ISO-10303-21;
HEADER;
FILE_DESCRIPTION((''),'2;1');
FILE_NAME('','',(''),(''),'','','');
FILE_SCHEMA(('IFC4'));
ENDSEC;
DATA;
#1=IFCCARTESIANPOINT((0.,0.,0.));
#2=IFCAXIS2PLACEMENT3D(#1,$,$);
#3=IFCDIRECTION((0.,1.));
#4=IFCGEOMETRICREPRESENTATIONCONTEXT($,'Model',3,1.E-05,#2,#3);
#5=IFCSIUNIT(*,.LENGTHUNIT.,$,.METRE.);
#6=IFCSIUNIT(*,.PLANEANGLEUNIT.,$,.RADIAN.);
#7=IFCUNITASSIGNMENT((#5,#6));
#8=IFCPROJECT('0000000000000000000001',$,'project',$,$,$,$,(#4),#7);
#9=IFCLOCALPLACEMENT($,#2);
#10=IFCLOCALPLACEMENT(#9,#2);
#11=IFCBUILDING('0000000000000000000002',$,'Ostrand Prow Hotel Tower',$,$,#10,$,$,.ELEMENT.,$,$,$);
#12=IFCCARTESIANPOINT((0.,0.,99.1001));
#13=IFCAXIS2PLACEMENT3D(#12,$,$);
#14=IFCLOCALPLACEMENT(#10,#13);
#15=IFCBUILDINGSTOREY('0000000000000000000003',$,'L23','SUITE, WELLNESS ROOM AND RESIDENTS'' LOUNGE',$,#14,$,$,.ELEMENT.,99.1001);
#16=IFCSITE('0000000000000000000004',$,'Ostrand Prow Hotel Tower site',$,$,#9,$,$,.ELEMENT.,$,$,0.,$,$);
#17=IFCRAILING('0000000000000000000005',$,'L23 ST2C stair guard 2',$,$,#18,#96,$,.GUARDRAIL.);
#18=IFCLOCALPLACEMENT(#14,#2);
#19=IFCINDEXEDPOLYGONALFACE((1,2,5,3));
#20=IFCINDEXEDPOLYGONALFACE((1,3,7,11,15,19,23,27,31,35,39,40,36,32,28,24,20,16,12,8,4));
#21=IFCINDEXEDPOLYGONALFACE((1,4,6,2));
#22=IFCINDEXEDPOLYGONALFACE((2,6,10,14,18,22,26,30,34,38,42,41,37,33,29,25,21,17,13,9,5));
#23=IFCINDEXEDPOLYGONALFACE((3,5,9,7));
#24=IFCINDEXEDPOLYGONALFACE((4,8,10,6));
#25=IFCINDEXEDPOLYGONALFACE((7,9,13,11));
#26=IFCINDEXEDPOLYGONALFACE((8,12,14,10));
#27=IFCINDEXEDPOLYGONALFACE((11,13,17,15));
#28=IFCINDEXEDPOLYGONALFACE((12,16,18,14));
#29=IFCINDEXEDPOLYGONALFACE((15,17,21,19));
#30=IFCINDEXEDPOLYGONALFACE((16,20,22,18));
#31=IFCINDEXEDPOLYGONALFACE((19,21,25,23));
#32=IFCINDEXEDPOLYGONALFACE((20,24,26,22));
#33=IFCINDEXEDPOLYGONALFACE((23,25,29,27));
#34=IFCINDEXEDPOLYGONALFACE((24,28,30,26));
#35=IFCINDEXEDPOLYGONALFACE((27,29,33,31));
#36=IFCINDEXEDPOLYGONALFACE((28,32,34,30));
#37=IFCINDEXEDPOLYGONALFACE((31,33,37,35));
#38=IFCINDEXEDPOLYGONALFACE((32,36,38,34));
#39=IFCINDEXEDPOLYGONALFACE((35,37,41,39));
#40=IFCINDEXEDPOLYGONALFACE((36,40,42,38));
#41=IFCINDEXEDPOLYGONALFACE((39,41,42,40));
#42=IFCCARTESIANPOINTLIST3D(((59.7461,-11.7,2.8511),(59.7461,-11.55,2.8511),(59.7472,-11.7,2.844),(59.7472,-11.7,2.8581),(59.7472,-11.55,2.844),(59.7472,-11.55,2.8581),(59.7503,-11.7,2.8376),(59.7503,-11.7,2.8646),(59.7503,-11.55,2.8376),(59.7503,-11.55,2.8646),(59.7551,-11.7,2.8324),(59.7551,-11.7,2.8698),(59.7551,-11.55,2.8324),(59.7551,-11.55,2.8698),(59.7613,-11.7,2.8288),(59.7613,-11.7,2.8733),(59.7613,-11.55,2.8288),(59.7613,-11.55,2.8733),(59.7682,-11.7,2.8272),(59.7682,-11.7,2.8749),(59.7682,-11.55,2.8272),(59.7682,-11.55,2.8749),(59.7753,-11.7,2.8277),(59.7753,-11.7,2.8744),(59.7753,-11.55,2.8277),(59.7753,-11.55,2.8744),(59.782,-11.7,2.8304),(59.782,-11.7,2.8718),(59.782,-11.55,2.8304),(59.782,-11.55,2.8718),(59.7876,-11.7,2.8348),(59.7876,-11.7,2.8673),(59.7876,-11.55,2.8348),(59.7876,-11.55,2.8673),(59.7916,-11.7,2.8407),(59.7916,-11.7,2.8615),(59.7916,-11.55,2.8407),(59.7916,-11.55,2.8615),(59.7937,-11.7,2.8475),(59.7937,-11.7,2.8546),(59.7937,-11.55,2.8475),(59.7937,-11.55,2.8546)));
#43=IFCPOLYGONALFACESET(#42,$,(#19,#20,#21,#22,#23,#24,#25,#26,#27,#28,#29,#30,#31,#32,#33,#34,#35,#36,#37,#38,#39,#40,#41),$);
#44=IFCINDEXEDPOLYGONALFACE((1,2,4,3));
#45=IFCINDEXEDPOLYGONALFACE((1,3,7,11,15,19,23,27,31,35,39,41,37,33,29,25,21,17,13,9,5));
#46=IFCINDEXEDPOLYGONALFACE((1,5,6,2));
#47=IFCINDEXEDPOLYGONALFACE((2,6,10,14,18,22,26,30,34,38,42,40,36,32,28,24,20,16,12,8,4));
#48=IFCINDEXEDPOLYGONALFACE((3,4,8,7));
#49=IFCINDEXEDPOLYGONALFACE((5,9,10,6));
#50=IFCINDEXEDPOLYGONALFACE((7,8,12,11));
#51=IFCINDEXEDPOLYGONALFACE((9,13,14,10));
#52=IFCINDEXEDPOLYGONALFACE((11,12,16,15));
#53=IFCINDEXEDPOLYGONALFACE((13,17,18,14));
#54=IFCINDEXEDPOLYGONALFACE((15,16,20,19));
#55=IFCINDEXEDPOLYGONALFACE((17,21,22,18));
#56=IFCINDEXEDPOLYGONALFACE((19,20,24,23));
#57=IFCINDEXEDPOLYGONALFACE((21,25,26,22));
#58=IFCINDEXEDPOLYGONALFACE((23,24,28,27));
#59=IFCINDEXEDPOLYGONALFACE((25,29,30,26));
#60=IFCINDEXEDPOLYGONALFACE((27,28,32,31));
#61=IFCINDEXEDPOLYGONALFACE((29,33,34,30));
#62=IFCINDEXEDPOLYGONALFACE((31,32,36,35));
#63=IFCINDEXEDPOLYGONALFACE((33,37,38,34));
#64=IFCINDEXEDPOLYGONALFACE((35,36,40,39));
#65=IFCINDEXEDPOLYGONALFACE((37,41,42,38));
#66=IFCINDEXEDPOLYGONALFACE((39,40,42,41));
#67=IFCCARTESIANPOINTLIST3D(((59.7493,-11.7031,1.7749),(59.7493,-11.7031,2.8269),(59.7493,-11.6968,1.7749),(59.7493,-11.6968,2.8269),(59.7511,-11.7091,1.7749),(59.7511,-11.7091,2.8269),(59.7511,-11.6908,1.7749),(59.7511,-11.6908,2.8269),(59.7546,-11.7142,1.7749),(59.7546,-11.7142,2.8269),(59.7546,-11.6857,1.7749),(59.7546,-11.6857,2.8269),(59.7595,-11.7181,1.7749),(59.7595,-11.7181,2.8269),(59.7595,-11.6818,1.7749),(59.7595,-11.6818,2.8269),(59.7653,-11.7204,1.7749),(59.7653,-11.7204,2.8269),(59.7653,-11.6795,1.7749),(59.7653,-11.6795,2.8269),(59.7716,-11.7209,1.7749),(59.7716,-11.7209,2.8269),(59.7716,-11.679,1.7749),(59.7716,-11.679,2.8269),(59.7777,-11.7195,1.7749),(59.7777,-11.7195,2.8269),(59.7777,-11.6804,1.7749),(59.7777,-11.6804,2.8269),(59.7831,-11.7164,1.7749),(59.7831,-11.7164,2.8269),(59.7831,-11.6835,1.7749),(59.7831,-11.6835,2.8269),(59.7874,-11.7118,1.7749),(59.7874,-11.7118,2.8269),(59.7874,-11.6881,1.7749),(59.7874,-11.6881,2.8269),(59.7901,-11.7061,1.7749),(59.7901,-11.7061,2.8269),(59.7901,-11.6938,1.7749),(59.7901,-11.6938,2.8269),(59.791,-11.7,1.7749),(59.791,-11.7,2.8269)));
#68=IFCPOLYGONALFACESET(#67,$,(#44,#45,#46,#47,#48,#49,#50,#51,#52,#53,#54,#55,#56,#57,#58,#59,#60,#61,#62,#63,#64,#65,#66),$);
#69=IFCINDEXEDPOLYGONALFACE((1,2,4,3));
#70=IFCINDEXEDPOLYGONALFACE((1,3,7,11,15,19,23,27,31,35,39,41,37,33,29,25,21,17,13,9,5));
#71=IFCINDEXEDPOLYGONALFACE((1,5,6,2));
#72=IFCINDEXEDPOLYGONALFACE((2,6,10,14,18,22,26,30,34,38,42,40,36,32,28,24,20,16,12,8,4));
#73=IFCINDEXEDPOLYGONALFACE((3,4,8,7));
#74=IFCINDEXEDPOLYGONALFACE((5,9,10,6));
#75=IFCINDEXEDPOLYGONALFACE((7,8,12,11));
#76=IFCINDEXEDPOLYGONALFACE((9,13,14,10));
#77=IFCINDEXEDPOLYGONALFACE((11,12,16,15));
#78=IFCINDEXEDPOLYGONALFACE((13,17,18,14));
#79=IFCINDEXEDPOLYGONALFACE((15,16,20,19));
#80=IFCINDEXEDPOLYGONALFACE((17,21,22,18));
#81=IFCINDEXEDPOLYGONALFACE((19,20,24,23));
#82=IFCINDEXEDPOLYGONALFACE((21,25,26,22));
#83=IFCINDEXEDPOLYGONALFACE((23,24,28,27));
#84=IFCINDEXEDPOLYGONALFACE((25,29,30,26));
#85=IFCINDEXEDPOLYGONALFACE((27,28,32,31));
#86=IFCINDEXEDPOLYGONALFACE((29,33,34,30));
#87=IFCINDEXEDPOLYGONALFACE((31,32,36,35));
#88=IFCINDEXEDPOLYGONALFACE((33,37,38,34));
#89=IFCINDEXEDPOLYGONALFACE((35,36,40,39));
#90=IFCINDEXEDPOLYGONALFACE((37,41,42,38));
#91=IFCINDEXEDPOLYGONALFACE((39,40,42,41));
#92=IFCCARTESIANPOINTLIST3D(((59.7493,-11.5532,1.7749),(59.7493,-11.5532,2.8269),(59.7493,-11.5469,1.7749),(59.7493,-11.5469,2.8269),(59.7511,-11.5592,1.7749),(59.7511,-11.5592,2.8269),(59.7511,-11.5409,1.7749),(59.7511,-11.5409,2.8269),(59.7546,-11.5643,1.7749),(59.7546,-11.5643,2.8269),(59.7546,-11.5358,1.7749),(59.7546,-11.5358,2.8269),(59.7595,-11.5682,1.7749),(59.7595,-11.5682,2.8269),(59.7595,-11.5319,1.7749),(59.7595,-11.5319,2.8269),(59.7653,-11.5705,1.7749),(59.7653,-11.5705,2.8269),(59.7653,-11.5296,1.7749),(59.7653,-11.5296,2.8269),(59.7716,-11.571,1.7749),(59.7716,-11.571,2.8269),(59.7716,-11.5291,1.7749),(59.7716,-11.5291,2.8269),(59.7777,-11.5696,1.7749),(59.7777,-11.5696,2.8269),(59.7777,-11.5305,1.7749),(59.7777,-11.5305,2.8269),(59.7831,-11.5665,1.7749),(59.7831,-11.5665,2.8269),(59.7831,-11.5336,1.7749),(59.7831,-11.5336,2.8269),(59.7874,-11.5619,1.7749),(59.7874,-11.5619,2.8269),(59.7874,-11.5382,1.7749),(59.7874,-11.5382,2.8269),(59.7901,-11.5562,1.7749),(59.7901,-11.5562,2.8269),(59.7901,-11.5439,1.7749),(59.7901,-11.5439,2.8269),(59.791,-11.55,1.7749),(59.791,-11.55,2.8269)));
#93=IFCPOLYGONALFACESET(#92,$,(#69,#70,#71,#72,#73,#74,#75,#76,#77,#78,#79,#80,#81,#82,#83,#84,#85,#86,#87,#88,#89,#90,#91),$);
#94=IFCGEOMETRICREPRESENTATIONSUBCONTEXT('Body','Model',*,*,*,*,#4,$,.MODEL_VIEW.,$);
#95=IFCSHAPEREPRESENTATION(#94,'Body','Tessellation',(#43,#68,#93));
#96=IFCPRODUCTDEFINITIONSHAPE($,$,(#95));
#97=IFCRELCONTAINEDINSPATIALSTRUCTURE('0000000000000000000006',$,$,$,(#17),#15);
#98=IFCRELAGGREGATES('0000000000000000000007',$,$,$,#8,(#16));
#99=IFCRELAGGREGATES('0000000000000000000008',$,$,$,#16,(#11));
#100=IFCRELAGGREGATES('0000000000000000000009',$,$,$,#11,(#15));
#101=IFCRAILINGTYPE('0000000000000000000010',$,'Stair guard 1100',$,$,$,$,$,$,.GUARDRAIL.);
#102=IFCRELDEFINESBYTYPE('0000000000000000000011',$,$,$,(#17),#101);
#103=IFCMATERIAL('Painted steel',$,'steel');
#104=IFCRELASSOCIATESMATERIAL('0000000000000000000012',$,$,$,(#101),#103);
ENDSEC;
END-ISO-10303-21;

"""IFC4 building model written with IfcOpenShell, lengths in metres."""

from ifc_helpers import new_model, si_unit, direction, frame, origin, origin_2d, place, context, subcontext, project, spatial, circle, extrude, material, type_object, element, save


model = new_model("IFC4")

# Units and contexts
model_context = context("Model", 3, precision=1e-05, world=origin(), true_north=direction((0.0, 1.0)))
body_context = subcontext(model_context, "Body", "Model", "MODEL_VIEW")
ifc_project = project(units=[si_unit("LENGTHUNIT", "METRE"), si_unit("PLANEANGLEUNIT", "RADIAN")], contexts=[model_context])

# Site, building, storey
site_placement = place(None, origin())
site = spatial("IfcSite", under=ifc_project, at=site_placement, Name="Ostrand Prow Hotel Tower site", CompositionType="ELEMENT", RefElevation=0.0)
building_placement = place(site_placement, origin())
building = spatial("IfcBuilding", under=site, at=building_placement, Name="Ostrand Prow Hotel Tower", CompositionType="ELEMENT")
storey_placement = place(building_placement, frame((0.0, 0.0, 99.1001)))
storey = spatial("IfcBuildingStorey", under=building, at=storey_placement, Name="L23", Description="SUITE, WELLNESS ROOM AND RESIDENTS' LOUNGE", CompositionType="ELEMENT", Elevation=99.1001)

# Railing
ifc_material_1 = material(Name="Painted steel", Category="steel")
railing_type_1 = type_object("IfcRailingType", Name="Stair guard 1100", PredefinedType="GUARDRAIL", material=ifc_material_1)
railing_1_placement = place(storey_placement, frame((59.77, -11.7, 1.7749)))
element("IfcRailing", 1, at=railing_1_placement, inside=storey, type_object=railing_type_1, Name="L23 ST2C stair guard 2", PredefinedType="GUARDRAIL", context=body_context, shape_type="SweptSolid", body=[
    extrude(circle(Radius=0.0239, at=origin_2d()), frame((0.0, 0.0, 1.0762), z_axis=(0.0, 1.0, 0.0), x_axis=(-1.0, 0.0, 0.0)), (0.0, 0.0, 1.0), 0.1499),
    extrude(circle(Radius=0.021, at=origin_2d()), origin(), (0.0, 0.0, 1.0), 1.052),
    extrude(circle(Radius=0.021, at=origin_2d()), frame((0.0, 0.1499, 0.0)), (0.0, 0.0, 1.0), 1.052),
])

save(model, "model.ifc")
